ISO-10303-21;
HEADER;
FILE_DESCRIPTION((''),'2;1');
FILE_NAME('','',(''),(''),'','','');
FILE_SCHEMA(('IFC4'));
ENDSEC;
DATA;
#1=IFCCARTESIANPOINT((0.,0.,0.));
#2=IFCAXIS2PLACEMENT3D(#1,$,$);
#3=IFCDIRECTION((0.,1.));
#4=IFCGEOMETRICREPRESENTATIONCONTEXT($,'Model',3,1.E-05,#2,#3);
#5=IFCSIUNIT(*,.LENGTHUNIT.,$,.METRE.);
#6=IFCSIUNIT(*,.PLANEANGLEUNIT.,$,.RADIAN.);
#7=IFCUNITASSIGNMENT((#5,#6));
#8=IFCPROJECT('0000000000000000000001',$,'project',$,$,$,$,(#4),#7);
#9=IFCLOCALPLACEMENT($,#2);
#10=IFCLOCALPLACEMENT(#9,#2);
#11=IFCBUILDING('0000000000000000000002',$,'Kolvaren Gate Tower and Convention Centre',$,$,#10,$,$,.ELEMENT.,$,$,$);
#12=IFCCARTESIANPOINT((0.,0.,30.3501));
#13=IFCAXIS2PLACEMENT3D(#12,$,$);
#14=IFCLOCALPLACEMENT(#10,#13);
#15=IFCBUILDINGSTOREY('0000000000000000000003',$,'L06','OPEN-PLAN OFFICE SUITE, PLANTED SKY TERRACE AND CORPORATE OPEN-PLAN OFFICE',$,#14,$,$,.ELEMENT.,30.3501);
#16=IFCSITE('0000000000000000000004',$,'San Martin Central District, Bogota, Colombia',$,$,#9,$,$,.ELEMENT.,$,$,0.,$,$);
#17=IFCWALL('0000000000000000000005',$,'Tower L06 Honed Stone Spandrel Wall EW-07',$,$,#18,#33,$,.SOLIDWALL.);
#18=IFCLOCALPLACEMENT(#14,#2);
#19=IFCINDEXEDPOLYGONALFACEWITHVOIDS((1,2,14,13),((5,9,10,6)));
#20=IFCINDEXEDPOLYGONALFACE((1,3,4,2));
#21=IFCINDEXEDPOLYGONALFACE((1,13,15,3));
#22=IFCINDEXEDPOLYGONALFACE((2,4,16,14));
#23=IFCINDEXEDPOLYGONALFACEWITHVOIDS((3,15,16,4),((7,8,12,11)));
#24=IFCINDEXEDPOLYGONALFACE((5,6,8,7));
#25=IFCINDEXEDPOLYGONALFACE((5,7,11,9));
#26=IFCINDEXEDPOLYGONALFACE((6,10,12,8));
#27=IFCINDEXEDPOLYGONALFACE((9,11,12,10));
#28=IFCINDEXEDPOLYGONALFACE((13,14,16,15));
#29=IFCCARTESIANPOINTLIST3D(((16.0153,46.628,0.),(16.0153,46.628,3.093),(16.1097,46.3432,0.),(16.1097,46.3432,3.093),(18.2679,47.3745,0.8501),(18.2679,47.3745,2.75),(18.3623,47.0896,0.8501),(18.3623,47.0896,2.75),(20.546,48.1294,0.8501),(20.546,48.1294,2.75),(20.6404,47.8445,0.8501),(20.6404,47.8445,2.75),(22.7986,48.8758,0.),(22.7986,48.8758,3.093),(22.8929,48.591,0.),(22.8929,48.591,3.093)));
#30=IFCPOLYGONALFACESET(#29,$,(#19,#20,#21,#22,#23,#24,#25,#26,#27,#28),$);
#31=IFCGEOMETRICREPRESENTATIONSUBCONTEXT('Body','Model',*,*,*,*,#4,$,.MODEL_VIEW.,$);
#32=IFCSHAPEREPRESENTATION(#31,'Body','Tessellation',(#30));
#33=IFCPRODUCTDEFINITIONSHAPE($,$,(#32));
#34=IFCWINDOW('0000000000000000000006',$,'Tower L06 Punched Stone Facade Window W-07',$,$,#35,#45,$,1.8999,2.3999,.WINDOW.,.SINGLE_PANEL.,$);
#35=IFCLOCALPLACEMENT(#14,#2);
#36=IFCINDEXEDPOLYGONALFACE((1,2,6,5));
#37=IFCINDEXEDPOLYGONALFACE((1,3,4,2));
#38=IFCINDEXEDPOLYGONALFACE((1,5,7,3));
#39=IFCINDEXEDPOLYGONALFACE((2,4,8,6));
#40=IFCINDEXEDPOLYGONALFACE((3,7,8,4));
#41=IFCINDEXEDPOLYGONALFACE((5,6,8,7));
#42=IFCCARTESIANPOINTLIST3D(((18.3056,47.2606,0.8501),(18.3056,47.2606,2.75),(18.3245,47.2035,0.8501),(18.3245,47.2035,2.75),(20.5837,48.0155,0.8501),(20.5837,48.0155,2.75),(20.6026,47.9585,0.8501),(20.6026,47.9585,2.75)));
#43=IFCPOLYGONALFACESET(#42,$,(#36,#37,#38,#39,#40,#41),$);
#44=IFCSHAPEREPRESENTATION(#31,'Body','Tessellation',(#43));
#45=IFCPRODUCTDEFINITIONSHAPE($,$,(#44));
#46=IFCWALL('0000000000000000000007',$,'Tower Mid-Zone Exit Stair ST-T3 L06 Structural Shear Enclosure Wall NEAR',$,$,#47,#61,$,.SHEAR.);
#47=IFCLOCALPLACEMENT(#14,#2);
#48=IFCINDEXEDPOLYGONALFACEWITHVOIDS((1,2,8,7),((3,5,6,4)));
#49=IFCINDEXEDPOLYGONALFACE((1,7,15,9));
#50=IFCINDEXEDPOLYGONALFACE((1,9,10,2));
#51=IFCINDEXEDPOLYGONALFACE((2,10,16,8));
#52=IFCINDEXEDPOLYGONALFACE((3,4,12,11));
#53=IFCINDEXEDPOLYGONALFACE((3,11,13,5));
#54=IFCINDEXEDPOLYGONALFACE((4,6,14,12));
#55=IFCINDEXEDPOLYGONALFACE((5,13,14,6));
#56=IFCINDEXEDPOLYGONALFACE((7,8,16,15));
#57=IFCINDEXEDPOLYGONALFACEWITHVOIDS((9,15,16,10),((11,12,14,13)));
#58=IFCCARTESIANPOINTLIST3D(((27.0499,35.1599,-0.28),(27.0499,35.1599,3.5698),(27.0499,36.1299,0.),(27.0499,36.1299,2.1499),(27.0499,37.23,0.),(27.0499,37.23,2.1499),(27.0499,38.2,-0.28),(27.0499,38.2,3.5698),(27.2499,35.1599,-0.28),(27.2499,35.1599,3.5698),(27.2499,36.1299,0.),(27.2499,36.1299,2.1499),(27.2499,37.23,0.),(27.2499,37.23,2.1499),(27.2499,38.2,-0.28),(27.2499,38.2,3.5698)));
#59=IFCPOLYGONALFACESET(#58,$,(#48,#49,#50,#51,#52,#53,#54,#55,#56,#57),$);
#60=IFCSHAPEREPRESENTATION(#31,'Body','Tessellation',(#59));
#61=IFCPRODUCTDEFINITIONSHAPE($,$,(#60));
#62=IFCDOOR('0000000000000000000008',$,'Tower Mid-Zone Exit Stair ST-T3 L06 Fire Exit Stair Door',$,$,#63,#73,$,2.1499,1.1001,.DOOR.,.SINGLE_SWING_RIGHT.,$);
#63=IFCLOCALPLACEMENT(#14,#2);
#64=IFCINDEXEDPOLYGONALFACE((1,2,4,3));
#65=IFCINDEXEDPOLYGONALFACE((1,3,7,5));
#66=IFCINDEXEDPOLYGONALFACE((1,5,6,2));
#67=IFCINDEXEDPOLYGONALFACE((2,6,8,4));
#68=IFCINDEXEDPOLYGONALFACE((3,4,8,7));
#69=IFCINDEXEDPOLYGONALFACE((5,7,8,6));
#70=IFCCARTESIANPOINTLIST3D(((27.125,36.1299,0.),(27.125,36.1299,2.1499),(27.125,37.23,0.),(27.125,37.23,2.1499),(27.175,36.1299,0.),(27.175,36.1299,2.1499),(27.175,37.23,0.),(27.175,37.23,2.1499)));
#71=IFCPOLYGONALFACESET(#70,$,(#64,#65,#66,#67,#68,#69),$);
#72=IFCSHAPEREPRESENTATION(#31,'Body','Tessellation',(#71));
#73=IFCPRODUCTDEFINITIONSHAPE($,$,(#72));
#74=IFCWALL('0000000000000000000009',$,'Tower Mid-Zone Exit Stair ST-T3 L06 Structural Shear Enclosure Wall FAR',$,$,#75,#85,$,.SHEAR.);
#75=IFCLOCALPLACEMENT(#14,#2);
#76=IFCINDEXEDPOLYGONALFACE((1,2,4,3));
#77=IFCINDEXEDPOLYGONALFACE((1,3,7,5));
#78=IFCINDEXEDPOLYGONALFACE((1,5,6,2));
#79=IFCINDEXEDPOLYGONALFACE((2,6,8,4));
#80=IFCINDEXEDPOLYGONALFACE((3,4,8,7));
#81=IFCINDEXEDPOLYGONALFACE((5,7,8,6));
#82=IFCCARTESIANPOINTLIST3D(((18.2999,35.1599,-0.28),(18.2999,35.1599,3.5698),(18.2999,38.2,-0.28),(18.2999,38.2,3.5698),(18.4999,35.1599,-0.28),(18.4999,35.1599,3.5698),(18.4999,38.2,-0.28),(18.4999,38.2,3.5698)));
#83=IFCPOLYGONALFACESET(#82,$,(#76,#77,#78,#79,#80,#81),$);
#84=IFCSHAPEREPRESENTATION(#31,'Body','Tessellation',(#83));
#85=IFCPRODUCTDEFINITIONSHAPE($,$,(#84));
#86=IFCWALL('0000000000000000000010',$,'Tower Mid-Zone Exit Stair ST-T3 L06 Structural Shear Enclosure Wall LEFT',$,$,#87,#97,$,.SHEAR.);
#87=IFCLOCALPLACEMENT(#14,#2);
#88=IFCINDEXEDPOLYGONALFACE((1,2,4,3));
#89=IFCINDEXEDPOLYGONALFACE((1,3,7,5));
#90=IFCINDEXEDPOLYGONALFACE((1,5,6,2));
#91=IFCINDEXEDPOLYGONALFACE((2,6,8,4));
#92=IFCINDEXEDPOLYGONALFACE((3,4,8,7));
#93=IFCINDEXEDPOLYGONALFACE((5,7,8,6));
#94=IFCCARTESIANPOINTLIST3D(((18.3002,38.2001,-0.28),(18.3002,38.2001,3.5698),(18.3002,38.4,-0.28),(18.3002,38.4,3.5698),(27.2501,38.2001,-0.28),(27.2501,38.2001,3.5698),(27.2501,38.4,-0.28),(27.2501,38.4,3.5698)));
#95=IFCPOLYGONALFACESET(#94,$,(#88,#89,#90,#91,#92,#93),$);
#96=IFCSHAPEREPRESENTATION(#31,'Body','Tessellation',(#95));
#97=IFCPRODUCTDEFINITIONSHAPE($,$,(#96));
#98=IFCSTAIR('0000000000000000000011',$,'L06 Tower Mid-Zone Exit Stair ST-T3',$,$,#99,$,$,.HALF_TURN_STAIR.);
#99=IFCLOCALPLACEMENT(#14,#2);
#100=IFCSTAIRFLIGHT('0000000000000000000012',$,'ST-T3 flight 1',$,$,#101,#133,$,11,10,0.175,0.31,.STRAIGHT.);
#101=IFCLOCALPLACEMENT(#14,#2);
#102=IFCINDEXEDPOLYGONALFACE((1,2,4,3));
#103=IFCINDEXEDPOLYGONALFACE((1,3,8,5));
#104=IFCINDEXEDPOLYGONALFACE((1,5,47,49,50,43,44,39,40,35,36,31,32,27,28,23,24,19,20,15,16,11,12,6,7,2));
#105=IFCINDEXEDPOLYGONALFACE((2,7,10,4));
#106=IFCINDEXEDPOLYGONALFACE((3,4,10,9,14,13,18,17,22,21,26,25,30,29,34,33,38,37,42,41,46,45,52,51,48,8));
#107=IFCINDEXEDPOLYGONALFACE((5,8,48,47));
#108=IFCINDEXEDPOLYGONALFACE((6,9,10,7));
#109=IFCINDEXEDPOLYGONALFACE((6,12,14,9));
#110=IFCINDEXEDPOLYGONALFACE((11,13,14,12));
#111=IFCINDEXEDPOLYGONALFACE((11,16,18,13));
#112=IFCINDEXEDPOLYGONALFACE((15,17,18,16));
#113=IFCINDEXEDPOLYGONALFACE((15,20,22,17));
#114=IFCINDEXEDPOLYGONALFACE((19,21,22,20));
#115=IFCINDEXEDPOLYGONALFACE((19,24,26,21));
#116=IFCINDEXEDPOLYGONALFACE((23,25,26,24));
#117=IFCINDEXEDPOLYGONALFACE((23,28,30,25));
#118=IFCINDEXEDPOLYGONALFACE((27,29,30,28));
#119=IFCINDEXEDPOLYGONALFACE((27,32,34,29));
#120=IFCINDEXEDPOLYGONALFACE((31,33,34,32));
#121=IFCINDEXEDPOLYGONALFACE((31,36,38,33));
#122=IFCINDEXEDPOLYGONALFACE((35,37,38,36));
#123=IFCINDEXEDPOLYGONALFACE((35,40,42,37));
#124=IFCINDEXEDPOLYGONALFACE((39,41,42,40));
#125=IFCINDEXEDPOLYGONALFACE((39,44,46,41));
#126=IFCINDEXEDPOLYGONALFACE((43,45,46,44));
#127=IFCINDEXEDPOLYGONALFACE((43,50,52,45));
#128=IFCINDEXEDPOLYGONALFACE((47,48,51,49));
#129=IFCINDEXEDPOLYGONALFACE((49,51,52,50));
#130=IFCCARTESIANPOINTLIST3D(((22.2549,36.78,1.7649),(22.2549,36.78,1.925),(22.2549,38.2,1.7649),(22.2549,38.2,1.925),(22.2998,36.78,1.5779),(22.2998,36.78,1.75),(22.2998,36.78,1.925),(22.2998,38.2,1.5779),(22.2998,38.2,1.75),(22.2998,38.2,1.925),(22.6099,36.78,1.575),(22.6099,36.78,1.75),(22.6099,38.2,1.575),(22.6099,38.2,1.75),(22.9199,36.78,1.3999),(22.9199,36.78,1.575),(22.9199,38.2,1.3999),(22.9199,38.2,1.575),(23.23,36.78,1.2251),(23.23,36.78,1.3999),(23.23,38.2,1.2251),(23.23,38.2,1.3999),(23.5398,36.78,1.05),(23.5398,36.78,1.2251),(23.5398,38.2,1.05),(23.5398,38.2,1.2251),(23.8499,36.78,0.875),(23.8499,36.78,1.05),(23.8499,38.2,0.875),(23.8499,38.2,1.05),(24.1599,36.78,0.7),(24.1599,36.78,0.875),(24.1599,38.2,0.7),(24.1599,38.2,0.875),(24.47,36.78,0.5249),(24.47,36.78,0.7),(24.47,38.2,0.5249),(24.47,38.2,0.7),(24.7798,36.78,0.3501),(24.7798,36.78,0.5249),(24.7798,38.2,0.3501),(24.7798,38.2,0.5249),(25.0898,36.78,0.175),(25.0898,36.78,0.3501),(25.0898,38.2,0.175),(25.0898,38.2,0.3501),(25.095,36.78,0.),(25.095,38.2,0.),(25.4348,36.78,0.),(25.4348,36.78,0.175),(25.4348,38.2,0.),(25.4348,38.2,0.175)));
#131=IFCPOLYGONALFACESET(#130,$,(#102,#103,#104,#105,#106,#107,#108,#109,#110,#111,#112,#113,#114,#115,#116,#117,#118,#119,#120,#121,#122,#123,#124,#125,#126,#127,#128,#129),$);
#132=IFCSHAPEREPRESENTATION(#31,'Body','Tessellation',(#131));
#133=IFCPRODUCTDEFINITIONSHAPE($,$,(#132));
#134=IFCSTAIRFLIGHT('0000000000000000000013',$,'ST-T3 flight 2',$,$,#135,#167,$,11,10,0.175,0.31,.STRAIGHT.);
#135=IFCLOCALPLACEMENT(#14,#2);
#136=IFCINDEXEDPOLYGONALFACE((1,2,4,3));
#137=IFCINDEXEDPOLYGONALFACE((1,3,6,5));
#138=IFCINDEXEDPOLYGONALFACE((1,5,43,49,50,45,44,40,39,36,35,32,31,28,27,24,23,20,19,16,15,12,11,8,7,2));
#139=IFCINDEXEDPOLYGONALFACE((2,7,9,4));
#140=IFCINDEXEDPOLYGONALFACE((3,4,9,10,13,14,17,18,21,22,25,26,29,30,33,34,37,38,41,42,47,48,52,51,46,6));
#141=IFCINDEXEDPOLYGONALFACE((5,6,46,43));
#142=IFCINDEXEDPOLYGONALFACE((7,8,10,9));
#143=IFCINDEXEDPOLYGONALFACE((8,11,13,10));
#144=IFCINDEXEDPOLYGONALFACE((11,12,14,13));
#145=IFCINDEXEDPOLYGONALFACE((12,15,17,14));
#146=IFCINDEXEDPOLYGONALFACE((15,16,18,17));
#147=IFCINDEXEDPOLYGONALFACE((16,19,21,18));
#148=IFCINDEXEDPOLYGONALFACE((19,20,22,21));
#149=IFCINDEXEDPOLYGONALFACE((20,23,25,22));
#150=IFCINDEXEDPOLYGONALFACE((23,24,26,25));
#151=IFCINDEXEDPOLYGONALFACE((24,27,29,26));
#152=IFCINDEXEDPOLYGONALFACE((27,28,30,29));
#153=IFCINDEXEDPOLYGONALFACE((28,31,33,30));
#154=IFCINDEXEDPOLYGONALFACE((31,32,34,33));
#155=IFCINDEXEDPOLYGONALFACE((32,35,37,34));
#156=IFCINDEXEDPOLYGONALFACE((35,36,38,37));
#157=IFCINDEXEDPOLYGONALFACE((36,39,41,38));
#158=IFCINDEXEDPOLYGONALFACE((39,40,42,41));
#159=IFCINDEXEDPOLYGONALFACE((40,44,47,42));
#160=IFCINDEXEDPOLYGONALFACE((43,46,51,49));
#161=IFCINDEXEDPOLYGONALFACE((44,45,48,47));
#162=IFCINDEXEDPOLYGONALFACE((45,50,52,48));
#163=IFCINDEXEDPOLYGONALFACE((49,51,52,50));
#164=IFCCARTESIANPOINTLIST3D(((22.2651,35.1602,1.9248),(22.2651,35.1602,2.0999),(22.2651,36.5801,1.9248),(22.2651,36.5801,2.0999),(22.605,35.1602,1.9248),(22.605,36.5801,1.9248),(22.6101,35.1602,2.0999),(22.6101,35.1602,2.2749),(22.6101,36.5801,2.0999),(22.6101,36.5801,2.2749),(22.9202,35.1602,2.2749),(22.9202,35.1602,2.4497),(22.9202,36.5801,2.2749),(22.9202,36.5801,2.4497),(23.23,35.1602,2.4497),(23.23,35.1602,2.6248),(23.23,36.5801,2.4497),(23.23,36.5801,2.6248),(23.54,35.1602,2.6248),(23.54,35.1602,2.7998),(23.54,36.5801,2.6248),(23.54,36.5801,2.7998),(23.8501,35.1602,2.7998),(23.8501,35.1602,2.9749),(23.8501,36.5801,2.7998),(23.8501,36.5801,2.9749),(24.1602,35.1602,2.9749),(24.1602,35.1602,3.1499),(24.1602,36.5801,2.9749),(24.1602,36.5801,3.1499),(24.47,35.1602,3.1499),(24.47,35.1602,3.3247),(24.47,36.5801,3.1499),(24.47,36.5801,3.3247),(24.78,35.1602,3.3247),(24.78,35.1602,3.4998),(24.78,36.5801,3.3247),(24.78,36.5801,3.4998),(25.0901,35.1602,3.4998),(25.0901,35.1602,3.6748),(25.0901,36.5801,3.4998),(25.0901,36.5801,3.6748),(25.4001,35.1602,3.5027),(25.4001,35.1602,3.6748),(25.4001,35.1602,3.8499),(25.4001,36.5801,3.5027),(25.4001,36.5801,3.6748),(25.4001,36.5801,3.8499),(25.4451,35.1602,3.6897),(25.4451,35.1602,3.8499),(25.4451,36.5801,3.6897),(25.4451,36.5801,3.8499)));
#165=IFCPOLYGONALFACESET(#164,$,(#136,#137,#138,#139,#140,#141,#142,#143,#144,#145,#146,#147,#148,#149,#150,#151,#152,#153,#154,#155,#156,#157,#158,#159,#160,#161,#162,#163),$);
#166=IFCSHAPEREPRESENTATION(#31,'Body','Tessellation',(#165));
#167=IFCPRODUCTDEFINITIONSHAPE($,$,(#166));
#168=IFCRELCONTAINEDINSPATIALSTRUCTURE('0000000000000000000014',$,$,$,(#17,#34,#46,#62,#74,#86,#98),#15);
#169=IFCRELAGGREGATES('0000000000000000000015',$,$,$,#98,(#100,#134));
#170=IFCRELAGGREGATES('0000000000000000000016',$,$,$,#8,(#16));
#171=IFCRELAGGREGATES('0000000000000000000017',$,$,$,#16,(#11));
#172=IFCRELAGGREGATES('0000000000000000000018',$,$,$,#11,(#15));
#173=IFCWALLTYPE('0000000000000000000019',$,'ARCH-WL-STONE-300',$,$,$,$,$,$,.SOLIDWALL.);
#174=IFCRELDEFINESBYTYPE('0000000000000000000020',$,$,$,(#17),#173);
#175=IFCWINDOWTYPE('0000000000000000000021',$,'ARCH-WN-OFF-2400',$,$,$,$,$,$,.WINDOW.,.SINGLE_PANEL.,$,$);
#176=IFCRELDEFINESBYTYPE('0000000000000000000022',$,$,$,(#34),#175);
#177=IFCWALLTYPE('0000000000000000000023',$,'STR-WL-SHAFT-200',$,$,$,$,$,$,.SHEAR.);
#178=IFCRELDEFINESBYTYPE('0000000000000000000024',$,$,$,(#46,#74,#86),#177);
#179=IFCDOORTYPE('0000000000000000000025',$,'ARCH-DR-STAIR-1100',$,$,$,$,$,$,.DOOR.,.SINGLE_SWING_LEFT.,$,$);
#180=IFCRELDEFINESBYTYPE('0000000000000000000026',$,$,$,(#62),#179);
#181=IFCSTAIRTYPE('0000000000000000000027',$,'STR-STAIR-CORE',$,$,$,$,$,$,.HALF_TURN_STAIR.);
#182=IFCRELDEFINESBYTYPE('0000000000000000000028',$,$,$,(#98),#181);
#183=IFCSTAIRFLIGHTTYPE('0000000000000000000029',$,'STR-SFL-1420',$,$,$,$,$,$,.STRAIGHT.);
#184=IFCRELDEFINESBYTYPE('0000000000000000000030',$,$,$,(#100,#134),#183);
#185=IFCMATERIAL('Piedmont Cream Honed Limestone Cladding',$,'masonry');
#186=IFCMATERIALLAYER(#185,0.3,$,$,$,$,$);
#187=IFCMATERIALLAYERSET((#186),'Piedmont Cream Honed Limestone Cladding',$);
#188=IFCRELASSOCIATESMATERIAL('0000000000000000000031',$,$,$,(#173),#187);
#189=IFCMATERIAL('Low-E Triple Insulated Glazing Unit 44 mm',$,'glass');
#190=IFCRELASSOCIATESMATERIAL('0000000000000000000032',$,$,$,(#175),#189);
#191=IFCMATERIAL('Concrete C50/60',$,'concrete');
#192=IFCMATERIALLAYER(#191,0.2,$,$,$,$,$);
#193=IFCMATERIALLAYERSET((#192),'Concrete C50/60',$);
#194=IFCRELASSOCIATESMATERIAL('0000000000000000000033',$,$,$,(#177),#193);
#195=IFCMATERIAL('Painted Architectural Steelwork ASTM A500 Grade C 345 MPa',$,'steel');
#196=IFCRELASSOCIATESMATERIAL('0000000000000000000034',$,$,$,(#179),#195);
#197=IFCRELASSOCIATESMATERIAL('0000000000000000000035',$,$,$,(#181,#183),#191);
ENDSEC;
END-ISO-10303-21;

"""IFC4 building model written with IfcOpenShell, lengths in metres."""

from ifc_helpers import new_model, si_unit, direction, frame, frame_2d, origin, place, context, subcontext, project, spatial, polyline, rectangle, outline, extrude, material, layer, layer_set, type_object, element, fill, aggregate, save


model = new_model("IFC4")

# Units and contexts
model_context = context("Model", 3, precision=1e-05, world=origin(), true_north=direction((0.0, 1.0)))
body_context = subcontext(model_context, "Body", "Model", "MODEL_VIEW")
ifc_project = project(units=[si_unit("LENGTHUNIT", "METRE"), si_unit("PLANEANGLEUNIT", "RADIAN")], contexts=[model_context])

# Site, building, storey
site_placement = place(None, origin())
site = spatial("IfcSite", under=ifc_project, at=site_placement, Name="San Martin Central District, Bogota, Colombia", CompositionType="ELEMENT", RefElevation=0.0)
building_placement = place(site_placement, origin())
building = spatial("IfcBuilding", under=site, at=building_placement, Name="Kolvaren Gate Tower and Convention Centre", CompositionType="ELEMENT")
storey_placement = place(building_placement, frame((0.0, 0.0, 30.3501)))
storey = spatial("IfcBuildingStorey", under=building, at=storey_placement, Name="L06", Description="OPEN-PLAN OFFICE SUITE, PLANTED SKY TERRACE AND CORPORATE OPEN-PLAN OFFICE", CompositionType="ELEMENT", Elevation=30.3501)

# Wall, opening, window
ifc_material_1 = material(Name="Piedmont Cream Honed Limestone Cladding", Category="masonry")
ifc_layer_1 = layer(ifc_material_1, 0.3)
ifc_layer_set_1 = layer_set([ifc_layer_1], Name="Piedmont Cream Honed Limestone Cladding")
wall_type_1 = type_object("IfcWallType", Name="ARCH-WL-STONE-300", PredefinedType="SOLIDWALL", material=ifc_layer_set_1)
ifc_material_2 = material(Name="Low-E Triple Insulated Glazing Unit 44 mm", Category="glass")
window_type = type_object("IfcWindowType", Name="ARCH-WN-OFF-2400", PartitioningType="SINGLE_PANEL", PredefinedType="WINDOW", material=ifc_material_2)
wall_1_placement = place(storey_placement, frame((16.0625, 46.4856, 0.0), z_axis=(0.0, 0.0, 1.0), x_axis=(0.949239, 0.314557, 0.0)))
wall_1 = element("IfcWall", 1, at=wall_1_placement, inside=storey, type_object=wall_type_1, Name="Tower L06 Honed Stone Spandrel Wall EW-07", PredefinedType="SOLIDWALL", context=body_context, shape_type="SweptSolid", body=[
    extrude(rectangle(XDim=7.146, YDim=0.3, at=frame_2d((3.573, 0.0))), origin(), (0.0, 0.0, 1.0), 3.093),
])
opening_1_placement = place(wall_1_placement, frame((2.373, 0.0, 0.8501)))
opening_1 = element("IfcOpeningElement", 2, at=opening_1_placement, cuts=wall_1, PredefinedType="OPENING", context=body_context, shape_type="SweptSolid", body=[
    extrude(rectangle(XDim=2.3999, YDim=1.8999, at=frame_2d((1.2, 0.95))), frame((0.0, 0.1599, 0.0), z_axis=(0.0, -1.0, 0.0), x_axis=(1.0, 0.0, 0.0)), (0.0, 0.0, 1.0), 0.3201),
])
window_1_placement = place(opening_1_placement, origin())
window_1 = element("IfcWindow", 3, at=window_1_placement, inside=storey, type_object=window_type, Name="Tower L06 Punched Stone Facade Window W-07", OverallHeight=1.8999, OverallWidth=2.3999, PartitioningType="SINGLE_PANEL", PredefinedType="WINDOW", context=body_context, shape_type="SweptSolid", body=[
    extrude(rectangle(XDim=2.3999, YDim=1.8999, at=frame_2d((1.2, 0.95))), frame((0.0, 0.03, 0.0), z_axis=(0.0, -1.0, 0.0), x_axis=(1.0, 0.0, 0.0)), (0.0, 0.0, 1.0), 0.0601),
])
fill(opening_1, window_1)

# Wall, opening, door
ifc_material_3 = material(Name="Concrete C50/60", Category="concrete")
ifc_layer_2 = layer(ifc_material_3, 0.2)
ifc_layer_set_2 = layer_set([ifc_layer_2], Name="Concrete C50/60")
wall_type_2 = type_object("IfcWallType", Name="STR-WL-SHAFT-200", PredefinedType="SHEAR", material=ifc_layer_set_2)
wall_2_placement = place(storey_placement, frame((27.1499, 35.1599, -0.28), z_axis=(0.0, 0.0, 1.0), x_axis=(0.0, 1.0, 0.0)))
wall_2 = element("IfcWall", 4, at=wall_2_placement, inside=storey, type_object=wall_type_2, Name="Tower Mid-Zone Exit Stair ST-T3 L06 Structural Shear Enclosure Wall NEAR", PredefinedType="SHEAR", context=body_context, shape_type="SweptSolid", body=[
    extrude(rectangle(XDim=3.04, YDim=0.2, at=frame_2d((1.52, 0.0))), origin(), (0.0, 0.0, 1.0), 3.8499),
])
opening_2_placement = place(wall_2_placement, frame((0.97, 0.0, 0.28)))
opening_2 = element("IfcOpeningElement", 5, at=opening_2_placement, cuts=wall_2, PredefinedType="OPENING", context=body_context, shape_type="SweptSolid", body=[
    extrude(rectangle(XDim=1.1001, YDim=2.1499, at=frame_2d((0.55, 1.075))), frame((0.0, 0.1099, 0.0), z_axis=(0.0, -1.0, 0.0), x_axis=(1.0, 0.0, 0.0)), (0.0, 0.0, 1.0), 0.22),
])
ifc_material_4 = material(Name="Painted Architectural Steelwork ASTM A500 Grade C 345 MPa", Category="steel")
door_type = type_object("IfcDoorType", Name="ARCH-DR-STAIR-1100", OperationType="SINGLE_SWING_LEFT", PredefinedType="DOOR", material=ifc_material_4)
door_placement = place(opening_2_placement, origin())
door = element("IfcDoor", 6, at=door_placement, inside=storey, type_object=door_type, Name="Tower Mid-Zone Exit Stair ST-T3 L06 Fire Exit Stair Door", OperationType="SINGLE_SWING_RIGHT", OverallHeight=2.1499, OverallWidth=1.1001, PredefinedType="DOOR", context=body_context, shape_type="SweptSolid", body=[
    extrude(rectangle(XDim=1.1001, YDim=2.1499, at=frame_2d((0.55, 1.075))), frame((0.0, 0.0249, 0.0), z_axis=(0.0, -1.0, 0.0), x_axis=(1.0, 0.0, 0.0)), (0.0, 0.0, 1.0), 0.05),
])
fill(opening_2, door)

# Walls
wall_3_placement = place(storey_placement, frame((18.3999, 35.1599, -0.28), z_axis=(0.0, 0.0, 1.0), x_axis=(0.0, 1.0, 0.0)))
element("IfcWall", 7, at=wall_3_placement, inside=storey, type_object=wall_type_2, Name="Tower Mid-Zone Exit Stair ST-T3 L06 Structural Shear Enclosure Wall FAR", PredefinedType="SHEAR", context=body_context, shape_type="SweptSolid", body=[
    extrude(rectangle(XDim=3.04, YDim=0.2, at=frame_2d((1.52, 0.0))), origin(), (0.0, 0.0, 1.0), 3.8499),
])
wall_4_placement = place(storey_placement, frame((18.3, 38.3, -0.28), z_axis=(0.0, 0.0, 1.0), x_axis=(1.0, 0.0, 0.0)))
element("IfcWall", 8, at=wall_4_placement, inside=storey, type_object=wall_type_2, Name="Tower Mid-Zone Exit Stair ST-T3 L06 Structural Shear Enclosure Wall LEFT", PredefinedType="SHEAR", context=body_context, shape_type="SweptSolid", body=[
    extrude(rectangle(XDim=8.95, YDim=0.2, at=frame_2d((4.4751, 0.0))), origin(), (0.0, 0.0, 1.0), 3.8499),
])

# Stair, stair flights
stair_type = type_object("IfcStairType", Name="STR-STAIR-CORE", PredefinedType="HALF_TURN_STAIR", material=ifc_material_3)
stair_placement = place(storey_placement, origin())
stair = element("IfcStair", 9, at=stair_placement, inside=storey, type_object=stair_type, Name="L06 Tower Mid-Zone Exit Stair ST-T3", PredefinedType="HALF_TURN_STAIR")
stair_flight_type = type_object("IfcStairFlightType", Name="STR-SFL-1420", PredefinedType="STRAIGHT", material=ifc_material_3)
stair_flight_1_placement = place(storey_placement, frame((25.3999, 37.49, 0.0), z_axis=(0.0, 0.0, 1.0), x_axis=(-1.0, 0.0, 0.0)))
stair_flight_1 = element("IfcStairFlight", 10, at=stair_flight_1_placement, type_object=stair_flight_type, Name="ST-T3 flight 1", NumberOfRisers=11, NumberOfTreads=10, PredefinedType="STRAIGHT", RiserHeight=0.175, TreadLength=0.31, context=body_context, shape_type="SweptSolid", body=[
    extrude(outline(polyline([(-0.0349, 0.0), (-0.0349, 0.175), (0.3101, 0.175), (0.3101, 0.3501), (0.6201, 0.3501), (0.6201, 0.5249), (0.9299, 0.5249), (0.9299, 0.7), (1.24, 0.7), (1.24, 0.875), (1.55, 0.875), (1.55, 1.05), (1.8601, 1.05), (1.8601, 1.2251), (2.1699, 1.2251), (2.1699, 1.3999), (2.48, 1.3999), (2.48, 1.575), (2.79, 1.575), (2.79, 1.75), (3.1001, 1.75), (3.1001, 1.925), (3.145, 1.925), (3.145, 1.7649), (3.1001, 1.5779), (0.3049, 0.0), (-0.0349, 0.0)])), frame((0.0, 0.71, 0.0), z_axis=(0.0, -1.0, 0.0), x_axis=(1.0, 0.0, 0.0)), (0.0, 0.0, 1.0), 1.4199),
])
stair_flight_2_placement = place(storey_placement, frame((22.3, 35.8701, 1.9248), z_axis=(0.0, 0.0, 1.0), x_axis=(1.0, 0.0, 0.0)))
stair_flight_2 = element("IfcStairFlight", 11, at=stair_flight_2_placement, type_object=stair_flight_type, Name="ST-T3 flight 2", NumberOfRisers=11, NumberOfTreads=10, PredefinedType="STRAIGHT", RiserHeight=0.175, TreadLength=0.31, context=body_context, shape_type="SweptSolid", body=[
    extrude(outline(polyline([(-0.0349, 0.0), (-0.0349, 0.175), (0.3101, 0.175), (0.3101, 0.3501), (0.6201, 0.3501), (0.6201, 0.5249), (0.9299, 0.5249), (0.9299, 0.7), (1.24, 0.7), (1.24, 0.875), (1.55, 0.875), (1.55, 1.05), (1.8601, 1.05), (1.8601, 1.2251), (2.1699, 1.2251), (2.1699, 1.3999), (2.48, 1.3999), (2.48, 1.575), (2.79, 1.575), (2.79, 1.75), (3.1001, 1.75), (3.1001, 1.925), (3.145, 1.925), (3.145, 1.7649), (3.1001, 1.5779), (0.3049, 0.0), (-0.0349, 0.0)])), frame((0.0, 0.71, 0.0), z_axis=(0.0, -1.0, 0.0), x_axis=(1.0, 0.0, 0.0)), (0.0, 0.0, 1.0), 1.4199),
])
aggregate(stair, [stair_flight_1, stair_flight_2])

save(model, "model.ifc")
